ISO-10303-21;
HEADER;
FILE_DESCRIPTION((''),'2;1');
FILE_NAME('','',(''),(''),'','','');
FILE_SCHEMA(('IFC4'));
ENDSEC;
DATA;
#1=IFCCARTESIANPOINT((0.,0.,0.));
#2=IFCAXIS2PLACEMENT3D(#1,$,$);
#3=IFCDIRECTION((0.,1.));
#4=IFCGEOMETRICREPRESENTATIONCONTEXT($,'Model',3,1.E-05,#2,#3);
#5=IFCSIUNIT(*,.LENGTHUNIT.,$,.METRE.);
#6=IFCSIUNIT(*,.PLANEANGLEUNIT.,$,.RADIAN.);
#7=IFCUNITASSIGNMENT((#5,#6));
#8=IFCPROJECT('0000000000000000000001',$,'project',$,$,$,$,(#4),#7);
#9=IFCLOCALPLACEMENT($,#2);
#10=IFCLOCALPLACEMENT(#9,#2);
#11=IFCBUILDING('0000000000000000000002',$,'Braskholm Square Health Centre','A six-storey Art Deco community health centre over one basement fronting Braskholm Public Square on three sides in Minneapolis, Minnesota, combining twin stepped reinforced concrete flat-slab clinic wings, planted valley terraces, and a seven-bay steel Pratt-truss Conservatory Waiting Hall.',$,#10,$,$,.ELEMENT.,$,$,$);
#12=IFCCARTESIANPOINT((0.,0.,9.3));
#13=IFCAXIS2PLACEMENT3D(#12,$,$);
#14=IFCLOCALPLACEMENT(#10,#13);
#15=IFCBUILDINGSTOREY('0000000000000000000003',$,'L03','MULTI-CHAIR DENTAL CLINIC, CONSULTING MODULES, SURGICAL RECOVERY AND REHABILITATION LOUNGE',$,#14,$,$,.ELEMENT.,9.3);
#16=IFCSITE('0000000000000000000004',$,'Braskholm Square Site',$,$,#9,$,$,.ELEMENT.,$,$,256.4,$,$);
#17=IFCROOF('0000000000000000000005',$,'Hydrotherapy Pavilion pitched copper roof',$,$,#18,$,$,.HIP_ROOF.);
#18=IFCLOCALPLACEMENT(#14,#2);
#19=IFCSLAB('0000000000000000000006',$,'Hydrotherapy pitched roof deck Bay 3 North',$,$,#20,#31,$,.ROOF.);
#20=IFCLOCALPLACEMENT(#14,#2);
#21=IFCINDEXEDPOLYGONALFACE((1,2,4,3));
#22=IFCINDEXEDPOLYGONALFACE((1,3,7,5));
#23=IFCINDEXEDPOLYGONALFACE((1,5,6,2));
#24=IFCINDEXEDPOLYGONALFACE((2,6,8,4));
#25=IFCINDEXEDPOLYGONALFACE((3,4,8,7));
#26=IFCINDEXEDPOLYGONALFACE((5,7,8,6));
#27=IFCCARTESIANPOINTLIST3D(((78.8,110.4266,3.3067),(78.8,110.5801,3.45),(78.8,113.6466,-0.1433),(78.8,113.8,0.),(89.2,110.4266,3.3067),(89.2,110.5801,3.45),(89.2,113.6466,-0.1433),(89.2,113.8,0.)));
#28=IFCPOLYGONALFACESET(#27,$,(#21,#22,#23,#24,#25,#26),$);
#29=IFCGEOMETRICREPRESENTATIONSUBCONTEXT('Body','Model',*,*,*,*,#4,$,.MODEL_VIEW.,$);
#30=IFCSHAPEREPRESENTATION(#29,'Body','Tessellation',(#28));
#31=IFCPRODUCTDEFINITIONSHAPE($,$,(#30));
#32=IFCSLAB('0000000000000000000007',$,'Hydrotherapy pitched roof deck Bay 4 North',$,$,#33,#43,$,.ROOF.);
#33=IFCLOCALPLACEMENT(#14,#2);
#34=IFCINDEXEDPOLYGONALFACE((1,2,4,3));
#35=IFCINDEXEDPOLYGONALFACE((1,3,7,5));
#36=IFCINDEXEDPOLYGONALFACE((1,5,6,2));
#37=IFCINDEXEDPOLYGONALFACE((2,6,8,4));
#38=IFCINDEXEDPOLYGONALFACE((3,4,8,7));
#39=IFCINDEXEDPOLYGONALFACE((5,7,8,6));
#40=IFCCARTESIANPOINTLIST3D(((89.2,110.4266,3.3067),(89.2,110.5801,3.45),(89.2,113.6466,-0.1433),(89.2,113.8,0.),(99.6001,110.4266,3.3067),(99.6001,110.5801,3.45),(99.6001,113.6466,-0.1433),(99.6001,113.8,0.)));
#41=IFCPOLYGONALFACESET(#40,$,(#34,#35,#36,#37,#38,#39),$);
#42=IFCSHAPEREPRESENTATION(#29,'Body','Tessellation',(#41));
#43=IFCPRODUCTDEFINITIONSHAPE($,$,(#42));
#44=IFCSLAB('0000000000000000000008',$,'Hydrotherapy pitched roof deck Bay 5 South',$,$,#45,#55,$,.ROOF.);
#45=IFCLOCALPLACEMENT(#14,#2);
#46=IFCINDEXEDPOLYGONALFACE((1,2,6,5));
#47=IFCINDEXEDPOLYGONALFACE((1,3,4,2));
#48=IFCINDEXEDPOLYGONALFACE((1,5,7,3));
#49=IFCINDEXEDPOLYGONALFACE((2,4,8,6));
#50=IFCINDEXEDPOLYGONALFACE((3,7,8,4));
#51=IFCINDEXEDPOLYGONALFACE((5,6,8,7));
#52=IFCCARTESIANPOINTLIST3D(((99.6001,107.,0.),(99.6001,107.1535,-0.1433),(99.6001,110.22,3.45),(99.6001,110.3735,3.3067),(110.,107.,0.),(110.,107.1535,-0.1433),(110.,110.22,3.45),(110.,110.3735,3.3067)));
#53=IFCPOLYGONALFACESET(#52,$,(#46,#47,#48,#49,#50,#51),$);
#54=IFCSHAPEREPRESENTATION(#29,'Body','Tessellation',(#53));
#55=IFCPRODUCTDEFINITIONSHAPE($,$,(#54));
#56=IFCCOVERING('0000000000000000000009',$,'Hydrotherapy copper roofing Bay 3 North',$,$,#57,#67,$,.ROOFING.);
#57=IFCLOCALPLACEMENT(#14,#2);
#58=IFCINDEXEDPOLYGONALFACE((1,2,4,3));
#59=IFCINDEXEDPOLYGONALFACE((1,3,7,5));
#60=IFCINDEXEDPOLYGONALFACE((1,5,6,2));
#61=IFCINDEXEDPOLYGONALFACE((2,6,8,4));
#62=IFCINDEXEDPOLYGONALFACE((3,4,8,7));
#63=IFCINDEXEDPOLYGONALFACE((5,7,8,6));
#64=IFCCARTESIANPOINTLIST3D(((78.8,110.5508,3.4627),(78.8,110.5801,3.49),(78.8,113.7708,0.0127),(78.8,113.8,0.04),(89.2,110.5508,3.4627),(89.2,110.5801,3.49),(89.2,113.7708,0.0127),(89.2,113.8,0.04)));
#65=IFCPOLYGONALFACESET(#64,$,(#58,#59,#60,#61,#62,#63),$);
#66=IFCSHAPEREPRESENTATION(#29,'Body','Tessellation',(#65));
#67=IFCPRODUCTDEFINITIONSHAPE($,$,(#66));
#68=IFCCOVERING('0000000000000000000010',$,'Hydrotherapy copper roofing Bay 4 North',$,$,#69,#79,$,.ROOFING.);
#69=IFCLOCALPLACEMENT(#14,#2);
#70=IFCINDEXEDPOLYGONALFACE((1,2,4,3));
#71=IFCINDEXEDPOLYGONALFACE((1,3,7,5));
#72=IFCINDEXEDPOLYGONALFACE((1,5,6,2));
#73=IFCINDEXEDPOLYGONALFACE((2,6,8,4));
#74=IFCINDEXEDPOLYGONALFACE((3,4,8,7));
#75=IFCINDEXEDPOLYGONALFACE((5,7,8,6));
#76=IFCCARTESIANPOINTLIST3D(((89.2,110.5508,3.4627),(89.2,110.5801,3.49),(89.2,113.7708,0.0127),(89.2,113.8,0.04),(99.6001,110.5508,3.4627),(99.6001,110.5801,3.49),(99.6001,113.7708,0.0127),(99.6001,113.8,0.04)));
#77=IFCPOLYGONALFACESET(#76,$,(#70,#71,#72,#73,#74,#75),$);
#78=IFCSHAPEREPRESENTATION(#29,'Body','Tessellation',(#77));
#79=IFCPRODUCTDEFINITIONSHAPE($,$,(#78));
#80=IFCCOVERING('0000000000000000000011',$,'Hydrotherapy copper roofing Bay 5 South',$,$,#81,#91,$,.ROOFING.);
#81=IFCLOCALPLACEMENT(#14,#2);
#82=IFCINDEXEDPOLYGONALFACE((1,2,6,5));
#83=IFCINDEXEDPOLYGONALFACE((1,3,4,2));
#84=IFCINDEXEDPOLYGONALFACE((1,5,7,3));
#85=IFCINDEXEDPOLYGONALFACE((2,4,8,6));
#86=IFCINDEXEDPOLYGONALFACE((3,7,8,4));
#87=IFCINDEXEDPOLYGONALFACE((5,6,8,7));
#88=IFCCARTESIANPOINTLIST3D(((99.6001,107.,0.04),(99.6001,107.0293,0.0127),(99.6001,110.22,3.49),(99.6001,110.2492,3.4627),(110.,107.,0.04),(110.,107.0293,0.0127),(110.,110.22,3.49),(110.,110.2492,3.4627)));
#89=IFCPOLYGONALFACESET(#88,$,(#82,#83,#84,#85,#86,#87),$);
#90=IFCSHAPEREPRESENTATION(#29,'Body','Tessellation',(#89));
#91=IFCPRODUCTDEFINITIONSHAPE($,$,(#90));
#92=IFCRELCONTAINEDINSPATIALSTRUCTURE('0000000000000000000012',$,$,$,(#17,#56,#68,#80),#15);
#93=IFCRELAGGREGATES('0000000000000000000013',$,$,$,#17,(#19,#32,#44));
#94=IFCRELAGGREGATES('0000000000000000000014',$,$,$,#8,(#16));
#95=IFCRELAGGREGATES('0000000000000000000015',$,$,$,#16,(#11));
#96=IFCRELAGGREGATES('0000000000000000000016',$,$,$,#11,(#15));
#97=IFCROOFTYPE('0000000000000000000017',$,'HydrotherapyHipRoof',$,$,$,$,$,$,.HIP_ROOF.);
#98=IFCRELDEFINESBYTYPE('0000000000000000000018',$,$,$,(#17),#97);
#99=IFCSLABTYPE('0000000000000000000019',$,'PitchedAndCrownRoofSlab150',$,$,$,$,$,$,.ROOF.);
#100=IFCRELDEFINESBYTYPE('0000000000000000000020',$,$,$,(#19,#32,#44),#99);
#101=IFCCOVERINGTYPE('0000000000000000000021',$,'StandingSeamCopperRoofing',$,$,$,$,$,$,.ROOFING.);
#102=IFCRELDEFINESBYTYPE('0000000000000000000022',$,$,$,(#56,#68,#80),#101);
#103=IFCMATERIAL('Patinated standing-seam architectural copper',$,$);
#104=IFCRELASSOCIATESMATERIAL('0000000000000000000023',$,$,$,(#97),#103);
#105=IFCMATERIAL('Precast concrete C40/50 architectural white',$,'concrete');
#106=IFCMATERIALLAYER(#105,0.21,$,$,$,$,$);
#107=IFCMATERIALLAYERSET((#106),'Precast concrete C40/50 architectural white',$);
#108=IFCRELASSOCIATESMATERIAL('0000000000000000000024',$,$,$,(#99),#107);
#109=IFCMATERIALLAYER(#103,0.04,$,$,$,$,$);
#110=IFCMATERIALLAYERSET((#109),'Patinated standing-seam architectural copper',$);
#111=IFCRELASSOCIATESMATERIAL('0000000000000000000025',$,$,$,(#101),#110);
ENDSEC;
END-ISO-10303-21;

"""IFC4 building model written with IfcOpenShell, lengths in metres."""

from ifc_helpers import new_model, si_unit, direction, frame, origin, place, context, subcontext, project, spatial, polyline, outline, extrude, material, layer, layer_set, type_object, element, aggregate, save


model = new_model("IFC4")

# Units and contexts
model_context = context("Model", 3, precision=1e-05, world=origin(), true_north=direction((0.0, 1.0)))
body_context = subcontext(model_context, "Body", "Model", "MODEL_VIEW")
ifc_project = project(units=[si_unit("LENGTHUNIT", "METRE"), si_unit("PLANEANGLEUNIT", "RADIAN")], contexts=[model_context])

# Site, building, storey
site_placement = place(None, origin())
site = spatial("IfcSite", under=ifc_project, at=site_placement, Name="Braskholm Square Site", CompositionType="ELEMENT", RefElevation=256.4)
building_placement = place(site_placement, origin())
building = spatial("IfcBuilding", under=site, at=building_placement, Name="Braskholm Square Health Centre", Description="A six-storey Art Deco community health centre over one basement fronting Braskholm Public Square on three sides in Minneapolis, Minnesota, combining twin stepped reinforced concrete flat-slab clinic wings, planted valley terraces, and a seven-bay steel Pratt-truss Conservatory Waiting Hall.", CompositionType="ELEMENT")
storey_placement = place(building_placement, frame((0.0, 0.0, 9.3)))
storey = spatial("IfcBuildingStorey", under=building, at=storey_placement, Name="L03", Description="MULTI-CHAIR DENTAL CLINIC, CONSULTING MODULES, SURGICAL RECOVERY AND REHABILITATION LOUNGE", CompositionType="ELEMENT", Elevation=9.3)

# Roof, slabs
ifc_material_1 = material(Name="Patinated standing-seam architectural copper")
roof_type = type_object("IfcRoofType", Name="HydrotherapyHipRoof", PredefinedType="HIP_ROOF", material=ifc_material_1)
roof_placement = place(storey_placement, origin())
roof = element("IfcRoof", 1, at=roof_placement, inside=storey, type_object=roof_type, Name="Hydrotherapy Pavilion pitched copper roof", PredefinedType="HIP_ROOF")
ifc_material_2 = material(Name="Precast concrete C40/50 architectural white", Category="concrete")
ifc_layer_1 = layer(ifc_material_2, 0.21)
ifc_layer_set_1 = layer_set([ifc_layer_1], Name="Precast concrete C40/50 architectural white")
slab_type = type_object("IfcSlabType", Name="PitchedAndCrownRoofSlab150", PredefinedType="ROOF", material=ifc_layer_set_1)
slab_1_placement = place(storey_placement, frame((89.2, 113.8, 0.0), z_axis=(0.0, 0.731054, 0.68232), x_axis=(-1.0, 0.0, 0.0)))
slab_1 = element("IfcSlab", 2, at=slab_1_placement, type_object=slab_type, Name="Hydrotherapy pitched roof deck Bay 3 North", PredefinedType="ROOF", context=body_context, shape_type="SweptSolid", body=[
    extrude(outline(polyline([(0.0, 0.0), (10.3999, 0.0), (10.3999, 4.7191), (0.0, 4.7191), (0.0, 0.0)])), origin(), (0.0, 0.0, -1.0), 0.21),
])
slab_2_placement = place(storey_placement, frame((99.6001, 113.8, 0.0), z_axis=(0.0, 0.731054, 0.68232), x_axis=(-1.0, 0.0, 0.0)))
slab_2 = element("IfcSlab", 3, at=slab_2_placement, type_object=slab_type, Name="Hydrotherapy pitched roof deck Bay 4 North", PredefinedType="ROOF", context=body_context, shape_type="SweptSolid", body=[
    extrude(outline(polyline([(0.0, 0.0), (10.4001, 0.0), (10.4001, 4.7191), (0.0, 4.7191), (0.0, 0.0)])), origin(), (0.0, 0.0, -1.0), 0.21),
])
slab_3_placement = place(storey_placement, frame((99.6001, 107.0, 0.0), z_axis=(0.0, -0.731054, 0.68232), x_axis=(1.0, 0.0, 0.0)))
slab_3 = element("IfcSlab", 4, at=slab_3_placement, type_object=slab_type, Name="Hydrotherapy pitched roof deck Bay 5 South", PredefinedType="ROOF", context=body_context, shape_type="SweptSolid", body=[
    extrude(outline(polyline([(0.0, 0.0), (10.3999, 0.0), (10.3999, 4.7191), (0.0, 4.7191), (0.0, 0.0)])), origin(), (0.0, 0.0, -1.0), 0.21),
])
aggregate(roof, [slab_1, slab_2, slab_3])

# Coverings
ifc_layer_2 = layer(ifc_material_1, 0.04)
ifc_layer_set_2 = layer_set([ifc_layer_2], Name="Patinated standing-seam architectural copper")
covering_type = type_object("IfcCoveringType", Name="StandingSeamCopperRoofing", PredefinedType="ROOFING", material=ifc_layer_set_2)
covering_1_placement = place(storey_placement, frame((89.2, 113.8, 0.04), z_axis=(0.0, 0.731054, 0.68232), x_axis=(-1.0, 0.0, 0.0)))
element("IfcCovering", 5, at=covering_1_placement, inside=storey, type_object=covering_type, Name="Hydrotherapy copper roofing Bay 3 North", PredefinedType="ROOFING", context=body_context, shape_type="SweptSolid", body=[
    extrude(outline(polyline([(0.0, 0.0), (10.3999, 0.0), (10.3999, 4.7191), (0.0, 4.7191), (0.0, 0.0)])), origin(), (0.0, 0.0, -1.0), 0.04),
])
covering_2_placement = place(storey_placement, frame((99.6001, 113.8, 0.04), z_axis=(0.0, 0.731054, 0.68232), x_axis=(-1.0, 0.0, 0.0)))
element("IfcCovering", 6, at=covering_2_placement, inside=storey, type_object=covering_type, Name="Hydrotherapy copper roofing Bay 4 North", PredefinedType="ROOFING", context=body_context, shape_type="SweptSolid", body=[
    extrude(outline(polyline([(0.0, 0.0), (10.4001, 0.0), (10.4001, 4.7191), (0.0, 4.7191), (0.0, 0.0)])), origin(), (0.0, 0.0, -1.0), 0.04),
])
covering_3_placement = place(storey_placement, frame((99.6001, 107.0, 0.04), z_axis=(0.0, -0.731054, 0.68232), x_axis=(1.0, 0.0, 0.0)))
element("IfcCovering", 7, at=covering_3_placement, inside=storey, type_object=covering_type, Name="Hydrotherapy copper roofing Bay 5 South", PredefinedType="ROOFING", context=body_context, shape_type="SweptSolid", body=[
    extrude(outline(polyline([(0.0, 0.0), (10.3999, 0.0), (10.3999, 4.7191), (0.0, 4.7191), (0.0, 0.0)])), origin(), (0.0, 0.0, -1.0), 0.04),
])

save(model, "model.ifc")
